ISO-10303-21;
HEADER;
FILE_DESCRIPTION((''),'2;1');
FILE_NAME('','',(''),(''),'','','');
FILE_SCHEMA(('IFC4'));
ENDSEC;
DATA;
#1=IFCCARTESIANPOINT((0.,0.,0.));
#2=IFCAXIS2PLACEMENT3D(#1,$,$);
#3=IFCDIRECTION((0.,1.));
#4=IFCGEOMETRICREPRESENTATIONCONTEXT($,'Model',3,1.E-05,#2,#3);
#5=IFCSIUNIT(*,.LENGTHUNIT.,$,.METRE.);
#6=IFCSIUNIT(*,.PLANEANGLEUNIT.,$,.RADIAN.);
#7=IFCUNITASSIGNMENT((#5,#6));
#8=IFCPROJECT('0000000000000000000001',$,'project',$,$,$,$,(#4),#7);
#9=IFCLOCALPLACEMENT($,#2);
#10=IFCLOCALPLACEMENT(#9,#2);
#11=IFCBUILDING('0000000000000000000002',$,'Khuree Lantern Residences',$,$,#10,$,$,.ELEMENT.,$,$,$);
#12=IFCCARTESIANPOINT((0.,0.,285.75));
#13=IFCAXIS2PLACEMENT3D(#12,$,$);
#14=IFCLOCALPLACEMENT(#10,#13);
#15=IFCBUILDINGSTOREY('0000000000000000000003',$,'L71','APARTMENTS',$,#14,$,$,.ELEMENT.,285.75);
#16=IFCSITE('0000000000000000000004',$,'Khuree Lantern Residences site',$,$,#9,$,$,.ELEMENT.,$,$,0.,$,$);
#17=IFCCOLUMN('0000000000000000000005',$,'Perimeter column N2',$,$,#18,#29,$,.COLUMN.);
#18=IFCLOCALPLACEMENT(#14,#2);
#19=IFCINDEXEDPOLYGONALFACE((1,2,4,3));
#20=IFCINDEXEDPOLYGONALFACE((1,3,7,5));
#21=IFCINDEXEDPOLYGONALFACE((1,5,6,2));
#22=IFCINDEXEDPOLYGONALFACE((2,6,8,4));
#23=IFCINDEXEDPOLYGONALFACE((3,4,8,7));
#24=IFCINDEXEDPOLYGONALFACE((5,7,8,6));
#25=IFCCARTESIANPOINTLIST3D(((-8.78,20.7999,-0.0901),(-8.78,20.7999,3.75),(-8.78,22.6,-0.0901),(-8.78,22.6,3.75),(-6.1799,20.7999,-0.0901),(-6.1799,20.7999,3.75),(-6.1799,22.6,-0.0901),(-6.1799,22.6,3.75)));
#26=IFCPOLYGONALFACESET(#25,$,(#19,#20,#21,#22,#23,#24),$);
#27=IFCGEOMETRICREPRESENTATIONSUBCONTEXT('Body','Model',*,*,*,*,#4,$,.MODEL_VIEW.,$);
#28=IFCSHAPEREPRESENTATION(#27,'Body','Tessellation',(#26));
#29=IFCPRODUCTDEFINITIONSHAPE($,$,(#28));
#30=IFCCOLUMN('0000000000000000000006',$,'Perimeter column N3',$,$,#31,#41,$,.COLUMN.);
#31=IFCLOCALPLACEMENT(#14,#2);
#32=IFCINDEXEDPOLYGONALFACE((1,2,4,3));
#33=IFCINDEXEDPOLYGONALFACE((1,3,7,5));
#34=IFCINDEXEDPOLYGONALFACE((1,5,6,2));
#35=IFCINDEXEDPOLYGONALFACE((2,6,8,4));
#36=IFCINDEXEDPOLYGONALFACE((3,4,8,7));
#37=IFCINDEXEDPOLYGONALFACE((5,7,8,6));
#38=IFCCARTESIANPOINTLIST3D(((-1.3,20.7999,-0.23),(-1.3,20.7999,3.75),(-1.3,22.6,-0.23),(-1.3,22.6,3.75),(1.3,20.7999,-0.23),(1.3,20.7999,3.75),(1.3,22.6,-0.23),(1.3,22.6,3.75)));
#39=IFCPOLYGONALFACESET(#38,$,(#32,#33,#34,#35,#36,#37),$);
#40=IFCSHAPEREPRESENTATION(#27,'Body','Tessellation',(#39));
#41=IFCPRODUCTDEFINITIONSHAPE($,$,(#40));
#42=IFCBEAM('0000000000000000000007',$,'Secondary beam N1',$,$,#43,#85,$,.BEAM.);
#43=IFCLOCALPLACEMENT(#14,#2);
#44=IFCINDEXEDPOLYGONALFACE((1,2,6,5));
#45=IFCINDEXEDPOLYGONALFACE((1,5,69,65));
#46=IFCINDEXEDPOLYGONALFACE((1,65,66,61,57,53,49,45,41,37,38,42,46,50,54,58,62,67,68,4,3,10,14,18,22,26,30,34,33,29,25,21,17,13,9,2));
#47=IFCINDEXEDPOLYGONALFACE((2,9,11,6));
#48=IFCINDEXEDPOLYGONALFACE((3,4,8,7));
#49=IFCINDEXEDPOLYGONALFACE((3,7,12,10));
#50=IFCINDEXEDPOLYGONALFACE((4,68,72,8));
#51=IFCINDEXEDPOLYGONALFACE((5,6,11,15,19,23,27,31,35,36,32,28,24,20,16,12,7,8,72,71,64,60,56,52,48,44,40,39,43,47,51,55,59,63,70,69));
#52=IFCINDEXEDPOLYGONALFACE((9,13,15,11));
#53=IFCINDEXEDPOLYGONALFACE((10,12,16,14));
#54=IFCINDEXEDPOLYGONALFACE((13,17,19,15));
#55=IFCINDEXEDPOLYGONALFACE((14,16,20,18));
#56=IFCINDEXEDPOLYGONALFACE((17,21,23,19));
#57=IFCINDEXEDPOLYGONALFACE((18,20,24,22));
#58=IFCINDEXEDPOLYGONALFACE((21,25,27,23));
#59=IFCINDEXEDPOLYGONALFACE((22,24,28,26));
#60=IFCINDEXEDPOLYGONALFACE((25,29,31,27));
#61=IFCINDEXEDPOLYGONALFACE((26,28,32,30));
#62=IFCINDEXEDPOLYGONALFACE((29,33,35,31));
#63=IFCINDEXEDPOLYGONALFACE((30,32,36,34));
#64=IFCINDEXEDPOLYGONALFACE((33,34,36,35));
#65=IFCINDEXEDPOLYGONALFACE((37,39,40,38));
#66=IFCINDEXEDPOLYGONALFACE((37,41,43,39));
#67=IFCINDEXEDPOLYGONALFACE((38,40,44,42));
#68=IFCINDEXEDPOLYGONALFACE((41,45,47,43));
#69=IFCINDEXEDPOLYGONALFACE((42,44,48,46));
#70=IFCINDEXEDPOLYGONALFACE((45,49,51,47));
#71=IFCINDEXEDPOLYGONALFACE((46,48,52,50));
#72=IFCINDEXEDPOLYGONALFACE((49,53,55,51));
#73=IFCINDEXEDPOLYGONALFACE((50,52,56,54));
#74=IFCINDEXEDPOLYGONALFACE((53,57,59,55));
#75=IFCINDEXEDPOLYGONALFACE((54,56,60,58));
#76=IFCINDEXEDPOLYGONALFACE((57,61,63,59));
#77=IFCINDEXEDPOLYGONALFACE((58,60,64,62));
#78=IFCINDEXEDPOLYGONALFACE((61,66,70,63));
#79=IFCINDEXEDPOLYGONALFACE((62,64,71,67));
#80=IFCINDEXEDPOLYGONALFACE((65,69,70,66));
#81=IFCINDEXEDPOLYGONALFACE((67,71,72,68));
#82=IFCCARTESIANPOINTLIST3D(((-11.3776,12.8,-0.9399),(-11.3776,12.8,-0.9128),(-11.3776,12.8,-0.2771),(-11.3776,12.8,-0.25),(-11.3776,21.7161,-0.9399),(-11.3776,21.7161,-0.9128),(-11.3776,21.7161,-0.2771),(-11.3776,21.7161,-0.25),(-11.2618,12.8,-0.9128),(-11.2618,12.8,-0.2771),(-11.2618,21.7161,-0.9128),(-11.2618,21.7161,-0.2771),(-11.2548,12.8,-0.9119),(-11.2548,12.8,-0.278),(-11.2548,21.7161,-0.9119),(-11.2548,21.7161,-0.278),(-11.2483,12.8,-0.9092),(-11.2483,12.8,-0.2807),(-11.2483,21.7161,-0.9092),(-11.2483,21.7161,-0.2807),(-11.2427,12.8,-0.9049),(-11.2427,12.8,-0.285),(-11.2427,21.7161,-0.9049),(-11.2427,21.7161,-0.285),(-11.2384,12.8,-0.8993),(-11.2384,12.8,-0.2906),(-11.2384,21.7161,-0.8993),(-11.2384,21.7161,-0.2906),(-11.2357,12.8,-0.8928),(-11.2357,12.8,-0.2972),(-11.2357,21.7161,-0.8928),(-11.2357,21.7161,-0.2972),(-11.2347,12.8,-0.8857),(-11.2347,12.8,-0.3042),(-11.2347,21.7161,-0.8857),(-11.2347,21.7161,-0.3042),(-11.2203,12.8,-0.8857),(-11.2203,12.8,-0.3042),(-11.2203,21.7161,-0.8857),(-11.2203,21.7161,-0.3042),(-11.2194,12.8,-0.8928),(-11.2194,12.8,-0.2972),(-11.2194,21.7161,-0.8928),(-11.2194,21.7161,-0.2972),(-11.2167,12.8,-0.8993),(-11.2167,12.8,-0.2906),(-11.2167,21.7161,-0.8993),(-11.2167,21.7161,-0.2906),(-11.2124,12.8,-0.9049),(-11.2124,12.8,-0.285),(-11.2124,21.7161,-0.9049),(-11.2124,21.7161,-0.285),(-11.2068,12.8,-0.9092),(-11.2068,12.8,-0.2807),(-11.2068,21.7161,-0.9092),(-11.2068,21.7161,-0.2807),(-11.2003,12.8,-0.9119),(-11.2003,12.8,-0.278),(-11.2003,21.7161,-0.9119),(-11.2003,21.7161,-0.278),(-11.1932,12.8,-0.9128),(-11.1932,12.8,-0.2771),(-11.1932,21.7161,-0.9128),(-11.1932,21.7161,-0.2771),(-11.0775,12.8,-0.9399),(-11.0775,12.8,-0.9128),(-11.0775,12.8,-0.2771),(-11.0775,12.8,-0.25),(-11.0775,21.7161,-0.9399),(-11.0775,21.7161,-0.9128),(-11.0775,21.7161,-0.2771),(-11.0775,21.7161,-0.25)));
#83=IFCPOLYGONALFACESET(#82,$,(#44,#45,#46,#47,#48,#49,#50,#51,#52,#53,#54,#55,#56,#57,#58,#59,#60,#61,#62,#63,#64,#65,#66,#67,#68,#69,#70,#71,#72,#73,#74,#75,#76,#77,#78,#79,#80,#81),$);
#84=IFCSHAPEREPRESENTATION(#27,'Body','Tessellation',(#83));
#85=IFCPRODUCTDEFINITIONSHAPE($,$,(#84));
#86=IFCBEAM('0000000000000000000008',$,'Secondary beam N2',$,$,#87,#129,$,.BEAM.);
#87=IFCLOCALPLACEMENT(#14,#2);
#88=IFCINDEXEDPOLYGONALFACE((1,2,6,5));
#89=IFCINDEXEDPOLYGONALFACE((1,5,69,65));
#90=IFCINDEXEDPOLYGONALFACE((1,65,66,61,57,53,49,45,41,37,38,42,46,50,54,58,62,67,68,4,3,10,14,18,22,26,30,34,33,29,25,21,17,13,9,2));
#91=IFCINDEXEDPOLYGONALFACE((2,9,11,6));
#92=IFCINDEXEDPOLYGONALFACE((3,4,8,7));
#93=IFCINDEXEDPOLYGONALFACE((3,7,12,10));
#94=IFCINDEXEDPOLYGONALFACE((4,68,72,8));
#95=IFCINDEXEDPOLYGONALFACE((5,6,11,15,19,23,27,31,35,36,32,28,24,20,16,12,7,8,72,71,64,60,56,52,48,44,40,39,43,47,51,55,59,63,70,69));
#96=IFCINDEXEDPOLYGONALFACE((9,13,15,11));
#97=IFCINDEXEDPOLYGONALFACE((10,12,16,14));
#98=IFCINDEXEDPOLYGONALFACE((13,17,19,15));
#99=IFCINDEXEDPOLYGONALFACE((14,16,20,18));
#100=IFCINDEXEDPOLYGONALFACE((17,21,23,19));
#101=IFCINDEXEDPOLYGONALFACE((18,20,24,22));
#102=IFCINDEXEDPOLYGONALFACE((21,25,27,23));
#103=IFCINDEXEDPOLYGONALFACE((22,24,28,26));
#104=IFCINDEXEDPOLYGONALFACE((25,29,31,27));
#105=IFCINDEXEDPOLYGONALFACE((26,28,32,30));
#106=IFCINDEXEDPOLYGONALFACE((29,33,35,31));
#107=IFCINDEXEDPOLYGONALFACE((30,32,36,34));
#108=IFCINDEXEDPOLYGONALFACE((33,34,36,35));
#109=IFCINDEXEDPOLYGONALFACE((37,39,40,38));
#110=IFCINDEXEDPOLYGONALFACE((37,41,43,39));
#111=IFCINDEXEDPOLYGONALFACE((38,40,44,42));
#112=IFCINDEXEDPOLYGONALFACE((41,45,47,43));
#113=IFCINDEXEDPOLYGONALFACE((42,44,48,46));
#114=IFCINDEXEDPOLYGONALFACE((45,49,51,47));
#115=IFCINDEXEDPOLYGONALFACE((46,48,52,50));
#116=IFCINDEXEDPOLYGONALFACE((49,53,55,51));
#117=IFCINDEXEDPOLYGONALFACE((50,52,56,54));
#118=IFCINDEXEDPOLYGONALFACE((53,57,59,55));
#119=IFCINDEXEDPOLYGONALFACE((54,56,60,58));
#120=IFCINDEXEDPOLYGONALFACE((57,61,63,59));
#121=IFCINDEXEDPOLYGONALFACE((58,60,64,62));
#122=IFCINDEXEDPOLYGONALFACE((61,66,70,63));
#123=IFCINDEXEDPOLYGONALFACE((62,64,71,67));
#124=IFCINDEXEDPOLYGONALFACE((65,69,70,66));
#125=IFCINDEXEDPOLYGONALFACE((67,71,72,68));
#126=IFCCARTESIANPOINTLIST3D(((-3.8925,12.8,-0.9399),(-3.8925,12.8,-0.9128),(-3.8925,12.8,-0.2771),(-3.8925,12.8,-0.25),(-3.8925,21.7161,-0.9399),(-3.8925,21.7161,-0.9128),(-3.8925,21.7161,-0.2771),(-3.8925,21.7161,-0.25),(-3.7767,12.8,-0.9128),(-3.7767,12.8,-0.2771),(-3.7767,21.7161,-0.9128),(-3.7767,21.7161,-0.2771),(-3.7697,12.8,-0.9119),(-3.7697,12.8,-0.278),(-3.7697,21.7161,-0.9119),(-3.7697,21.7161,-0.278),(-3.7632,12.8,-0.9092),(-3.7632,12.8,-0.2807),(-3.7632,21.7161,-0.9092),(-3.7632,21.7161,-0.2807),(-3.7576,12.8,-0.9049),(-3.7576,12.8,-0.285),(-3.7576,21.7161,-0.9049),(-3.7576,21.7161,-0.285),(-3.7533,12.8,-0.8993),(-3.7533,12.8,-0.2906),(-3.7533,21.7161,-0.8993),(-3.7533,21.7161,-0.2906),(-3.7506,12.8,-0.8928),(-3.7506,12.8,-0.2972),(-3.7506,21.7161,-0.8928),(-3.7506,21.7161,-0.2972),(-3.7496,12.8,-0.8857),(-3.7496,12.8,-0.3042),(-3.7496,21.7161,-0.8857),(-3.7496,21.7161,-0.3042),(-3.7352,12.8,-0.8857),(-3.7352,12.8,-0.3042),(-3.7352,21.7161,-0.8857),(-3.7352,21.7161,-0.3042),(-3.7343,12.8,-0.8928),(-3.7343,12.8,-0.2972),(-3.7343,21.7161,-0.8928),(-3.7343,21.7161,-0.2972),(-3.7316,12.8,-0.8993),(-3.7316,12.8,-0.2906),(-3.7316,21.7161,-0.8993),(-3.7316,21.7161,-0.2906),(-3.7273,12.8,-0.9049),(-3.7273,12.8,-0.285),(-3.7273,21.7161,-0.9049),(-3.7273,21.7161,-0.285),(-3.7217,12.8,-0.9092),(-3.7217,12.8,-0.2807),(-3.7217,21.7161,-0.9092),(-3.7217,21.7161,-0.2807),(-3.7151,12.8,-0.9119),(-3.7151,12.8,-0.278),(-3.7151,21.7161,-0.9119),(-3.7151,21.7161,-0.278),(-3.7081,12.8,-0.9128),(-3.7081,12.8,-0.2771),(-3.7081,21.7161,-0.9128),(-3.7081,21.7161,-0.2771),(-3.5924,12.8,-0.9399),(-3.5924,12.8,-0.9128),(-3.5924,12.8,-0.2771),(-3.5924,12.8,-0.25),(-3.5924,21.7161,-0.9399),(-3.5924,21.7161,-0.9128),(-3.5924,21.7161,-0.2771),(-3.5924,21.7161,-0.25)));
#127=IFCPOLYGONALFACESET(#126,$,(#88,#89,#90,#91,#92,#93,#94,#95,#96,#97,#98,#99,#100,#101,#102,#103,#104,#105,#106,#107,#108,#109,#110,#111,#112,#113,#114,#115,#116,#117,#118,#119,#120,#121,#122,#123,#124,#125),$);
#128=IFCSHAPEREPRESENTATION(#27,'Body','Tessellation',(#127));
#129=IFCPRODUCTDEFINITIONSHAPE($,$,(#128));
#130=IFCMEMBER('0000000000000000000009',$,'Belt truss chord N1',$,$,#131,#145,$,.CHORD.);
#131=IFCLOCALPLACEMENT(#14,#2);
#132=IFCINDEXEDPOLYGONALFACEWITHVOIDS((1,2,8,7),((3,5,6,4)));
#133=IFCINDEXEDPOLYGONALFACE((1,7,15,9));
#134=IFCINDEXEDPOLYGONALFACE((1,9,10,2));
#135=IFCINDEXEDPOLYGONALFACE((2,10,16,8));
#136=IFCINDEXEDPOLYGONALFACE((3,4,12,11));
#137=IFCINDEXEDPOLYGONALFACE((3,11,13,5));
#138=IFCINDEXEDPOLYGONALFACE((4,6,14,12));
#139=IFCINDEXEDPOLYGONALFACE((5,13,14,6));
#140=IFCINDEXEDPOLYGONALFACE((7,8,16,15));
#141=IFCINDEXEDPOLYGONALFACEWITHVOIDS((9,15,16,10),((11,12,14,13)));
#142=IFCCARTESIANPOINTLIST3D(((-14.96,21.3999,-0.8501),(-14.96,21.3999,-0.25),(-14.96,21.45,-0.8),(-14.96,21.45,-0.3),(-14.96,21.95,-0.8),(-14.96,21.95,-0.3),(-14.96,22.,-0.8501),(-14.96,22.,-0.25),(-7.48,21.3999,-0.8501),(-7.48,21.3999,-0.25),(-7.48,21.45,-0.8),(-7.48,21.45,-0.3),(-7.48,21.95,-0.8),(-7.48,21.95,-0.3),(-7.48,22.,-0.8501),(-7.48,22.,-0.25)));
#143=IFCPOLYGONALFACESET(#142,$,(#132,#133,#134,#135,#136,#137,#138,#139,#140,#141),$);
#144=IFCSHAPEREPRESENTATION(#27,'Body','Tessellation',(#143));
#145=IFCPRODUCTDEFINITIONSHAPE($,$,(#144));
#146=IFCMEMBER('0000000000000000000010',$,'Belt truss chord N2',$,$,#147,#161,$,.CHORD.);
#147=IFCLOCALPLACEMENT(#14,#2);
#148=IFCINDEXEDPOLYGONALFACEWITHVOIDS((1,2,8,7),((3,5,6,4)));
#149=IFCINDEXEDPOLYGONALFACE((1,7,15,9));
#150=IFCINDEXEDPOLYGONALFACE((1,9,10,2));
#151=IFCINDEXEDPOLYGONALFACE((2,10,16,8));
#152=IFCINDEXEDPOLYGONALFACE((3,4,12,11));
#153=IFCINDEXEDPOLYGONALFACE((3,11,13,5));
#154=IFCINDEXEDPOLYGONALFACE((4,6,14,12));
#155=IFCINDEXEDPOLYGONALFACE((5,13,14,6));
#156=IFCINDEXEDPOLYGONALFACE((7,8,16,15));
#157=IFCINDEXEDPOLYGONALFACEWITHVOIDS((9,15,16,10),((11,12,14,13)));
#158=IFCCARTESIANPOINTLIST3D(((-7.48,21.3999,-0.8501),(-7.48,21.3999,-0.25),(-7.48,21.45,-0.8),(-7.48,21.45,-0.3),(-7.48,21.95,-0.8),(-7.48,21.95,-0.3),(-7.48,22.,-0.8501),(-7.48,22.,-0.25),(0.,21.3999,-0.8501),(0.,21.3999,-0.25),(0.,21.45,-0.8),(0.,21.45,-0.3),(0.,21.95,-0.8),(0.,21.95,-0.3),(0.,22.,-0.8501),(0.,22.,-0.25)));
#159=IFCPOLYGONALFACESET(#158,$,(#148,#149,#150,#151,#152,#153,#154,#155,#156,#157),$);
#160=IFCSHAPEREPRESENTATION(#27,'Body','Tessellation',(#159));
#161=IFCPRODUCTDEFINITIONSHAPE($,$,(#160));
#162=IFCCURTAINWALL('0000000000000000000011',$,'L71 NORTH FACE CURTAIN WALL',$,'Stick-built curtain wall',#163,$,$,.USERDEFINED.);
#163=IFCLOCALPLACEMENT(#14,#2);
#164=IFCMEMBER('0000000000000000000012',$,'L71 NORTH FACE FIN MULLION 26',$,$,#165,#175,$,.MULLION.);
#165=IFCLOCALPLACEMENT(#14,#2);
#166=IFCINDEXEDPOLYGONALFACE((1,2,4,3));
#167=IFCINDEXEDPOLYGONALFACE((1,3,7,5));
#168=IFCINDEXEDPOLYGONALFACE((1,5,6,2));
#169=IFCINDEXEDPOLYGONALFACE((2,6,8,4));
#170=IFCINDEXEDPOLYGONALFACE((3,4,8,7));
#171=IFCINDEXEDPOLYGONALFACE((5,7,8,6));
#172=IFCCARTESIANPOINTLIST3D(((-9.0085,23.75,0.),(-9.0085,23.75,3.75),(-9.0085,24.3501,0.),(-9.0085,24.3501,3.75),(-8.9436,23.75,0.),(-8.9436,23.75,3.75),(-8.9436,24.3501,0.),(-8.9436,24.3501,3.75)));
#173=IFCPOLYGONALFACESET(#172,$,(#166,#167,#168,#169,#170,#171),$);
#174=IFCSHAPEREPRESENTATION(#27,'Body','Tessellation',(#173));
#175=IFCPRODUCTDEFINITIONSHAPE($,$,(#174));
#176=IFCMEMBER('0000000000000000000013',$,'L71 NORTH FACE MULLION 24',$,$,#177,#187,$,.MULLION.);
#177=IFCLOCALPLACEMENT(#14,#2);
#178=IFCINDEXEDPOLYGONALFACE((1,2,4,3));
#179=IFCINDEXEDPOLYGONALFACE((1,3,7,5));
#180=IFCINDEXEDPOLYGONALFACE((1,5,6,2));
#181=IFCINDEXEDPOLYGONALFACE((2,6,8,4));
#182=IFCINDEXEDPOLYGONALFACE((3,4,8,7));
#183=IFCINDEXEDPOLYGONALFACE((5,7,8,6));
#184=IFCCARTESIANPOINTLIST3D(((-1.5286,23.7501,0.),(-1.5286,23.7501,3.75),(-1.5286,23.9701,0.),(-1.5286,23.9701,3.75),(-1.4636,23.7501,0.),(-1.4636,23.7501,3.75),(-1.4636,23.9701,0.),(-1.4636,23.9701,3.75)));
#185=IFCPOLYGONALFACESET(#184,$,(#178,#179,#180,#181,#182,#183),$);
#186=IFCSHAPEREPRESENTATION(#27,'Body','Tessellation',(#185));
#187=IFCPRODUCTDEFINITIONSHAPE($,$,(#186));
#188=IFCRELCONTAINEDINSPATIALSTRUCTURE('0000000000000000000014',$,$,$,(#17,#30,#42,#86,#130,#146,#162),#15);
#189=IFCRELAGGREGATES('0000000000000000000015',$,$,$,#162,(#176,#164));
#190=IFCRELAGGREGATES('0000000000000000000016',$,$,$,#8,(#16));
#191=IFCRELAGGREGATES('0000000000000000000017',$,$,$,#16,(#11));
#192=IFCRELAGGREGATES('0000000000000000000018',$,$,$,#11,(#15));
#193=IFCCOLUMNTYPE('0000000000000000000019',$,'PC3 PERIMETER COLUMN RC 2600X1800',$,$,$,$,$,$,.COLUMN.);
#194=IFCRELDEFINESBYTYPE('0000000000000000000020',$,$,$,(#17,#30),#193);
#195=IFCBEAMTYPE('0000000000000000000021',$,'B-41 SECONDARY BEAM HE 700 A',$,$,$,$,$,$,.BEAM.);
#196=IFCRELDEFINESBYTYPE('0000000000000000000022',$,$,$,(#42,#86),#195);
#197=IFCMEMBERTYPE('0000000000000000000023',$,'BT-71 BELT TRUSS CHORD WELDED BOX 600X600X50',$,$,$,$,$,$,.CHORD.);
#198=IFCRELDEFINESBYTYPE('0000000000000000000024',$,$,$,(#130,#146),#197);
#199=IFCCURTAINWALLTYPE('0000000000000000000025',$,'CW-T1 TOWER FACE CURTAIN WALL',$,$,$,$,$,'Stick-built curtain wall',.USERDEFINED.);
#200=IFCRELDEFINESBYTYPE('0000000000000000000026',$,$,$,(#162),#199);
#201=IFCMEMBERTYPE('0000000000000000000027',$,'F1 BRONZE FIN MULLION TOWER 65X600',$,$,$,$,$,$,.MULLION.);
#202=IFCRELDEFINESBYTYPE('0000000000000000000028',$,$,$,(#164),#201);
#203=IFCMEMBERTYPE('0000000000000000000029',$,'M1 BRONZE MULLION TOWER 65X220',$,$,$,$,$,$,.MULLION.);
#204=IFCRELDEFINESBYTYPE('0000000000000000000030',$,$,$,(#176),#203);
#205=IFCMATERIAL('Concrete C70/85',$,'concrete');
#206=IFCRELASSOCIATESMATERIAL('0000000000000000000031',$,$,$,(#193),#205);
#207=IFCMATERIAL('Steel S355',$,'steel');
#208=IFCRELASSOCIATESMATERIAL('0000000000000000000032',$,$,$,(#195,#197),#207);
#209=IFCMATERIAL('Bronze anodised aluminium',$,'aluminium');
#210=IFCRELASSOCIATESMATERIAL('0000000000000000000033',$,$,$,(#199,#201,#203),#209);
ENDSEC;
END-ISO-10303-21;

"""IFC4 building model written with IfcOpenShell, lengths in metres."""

from ifc_helpers import new_model, si_unit, direction, frame, origin, origin_2d, place, context, subcontext, project, spatial, rectangle, hollow_rectangle, i_section, extrude, material, material_profile, profile_set, type_object, element, aggregate, save


model = new_model("IFC4")

# Units and contexts
model_context = context("Model", 3, precision=1e-05, world=origin(), true_north=direction((0.0, 1.0)))
body_context = subcontext(model_context, "Body", "Model", "MODEL_VIEW")
ifc_project = project(units=[si_unit("LENGTHUNIT", "METRE"), si_unit("PLANEANGLEUNIT", "RADIAN")], contexts=[model_context])

# Site, building, storey
site_placement = place(None, origin())
site = spatial("IfcSite", under=ifc_project, at=site_placement, Name="Khuree Lantern Residences site", CompositionType="ELEMENT", RefElevation=0.0)
building_placement = place(site_placement, origin())
building = spatial("IfcBuilding", under=site, at=building_placement, Name="Khuree Lantern Residences", CompositionType="ELEMENT")
storey_placement = place(building_placement, frame((0.0, 0.0, 285.75)))
storey = spatial("IfcBuildingStorey", under=building, at=storey_placement, Name="L71", Description="APARTMENTS", CompositionType="ELEMENT", Elevation=285.75)

# Columns
ifc_material_1 = material(Name="Concrete C70/85", Category="concrete")
ifc_material_profile_1 = material_profile(ifc_material_1, rectangle(XDim=2.6001, YDim=1.8, at=origin_2d()), Name="RC 2600X1800")
ifc_profile_set_1 = profile_set([ifc_material_profile_1], Name="Concrete C70/85")
column_type = type_object("IfcColumnType", Name="PC3 PERIMETER COLUMN RC 2600X1800", PredefinedType="COLUMN", material=ifc_profile_set_1)
column_1_placement = place(storey_placement, frame((-7.48, 21.7, -0.0901), z_axis=(0.0, 0.0, 1.0), x_axis=(1.0, 0.0, 0.0)))
element("IfcColumn", 1, at=column_1_placement, inside=storey, type_object=column_type, Name="Perimeter column N2", PredefinedType="COLUMN", context=body_context, shape_type="SweptSolid", body=[
    extrude(rectangle(XDim=2.6001, YDim=1.8, at=origin_2d()), origin(), (0.0, 0.0, 1.0), 3.8401),
])
column_2_placement = place(storey_placement, frame((0.0, 21.7, -0.23), z_axis=(0.0, 0.0, 1.0), x_axis=(1.0, 0.0, 0.0)))
element("IfcColumn", 2, at=column_2_placement, inside=storey, type_object=column_type, Name="Perimeter column N3", PredefinedType="COLUMN", context=body_context, shape_type="SweptSolid", body=[
    extrude(rectangle(XDim=2.6001, YDim=1.8, at=origin_2d()), origin(), (0.0, 0.0, 1.0), 3.98),
])

# Beams
ifc_material_2 = material(Name="Steel S355", Category="steel")
ifc_material_profile_2 = material_profile(ifc_material_2, i_section(OverallWidth=0.3, OverallDepth=0.6899, WebThickness=0.0144, FlangeThickness=0.0271, FilletRadius=0.0271, at=origin_2d()), Name="HE 700 A")
ifc_profile_set_2 = profile_set([ifc_material_profile_2], Name="Steel S355")
beam_type_1 = type_object("IfcBeamType", Name="B-41 SECONDARY BEAM HE 700 A", PredefinedType="BEAM", material=ifc_profile_set_2)
for number, where, z_axis, x_axis, name in (
    (3, (-11.2275, 21.7161, -0.595), (0.0, -1.0, 0.0), (1.0, 0.0, 0.0), "Secondary beam N1"),
    (4, (-3.7424, 21.7161, -0.595), (0.0, -1.0, 0.0), (1.0, 0.0, 0.0), "Secondary beam N2"),
):
    element("IfcBeam", number, at=place(storey_placement, frame(where, z_axis=z_axis, x_axis=x_axis)), inside=storey, type_object=beam_type_1, Name=name, PredefinedType="BEAM", context=body_context, shape_type="SweptSolid", body=[
        extrude(i_section(OverallWidth=0.3, OverallDepth=0.6899, WebThickness=0.0144, FlangeThickness=0.0271, FilletRadius=0.0271, at=origin_2d()), origin(), (0.0, 0.0, 1.0), 8.916),
    ])

# Members
ifc_material_profile_3 = material_profile(ifc_material_2, hollow_rectangle(XDim=0.6001, YDim=0.6001, WallThickness=0.05, at=origin_2d()), Name="WELDED BOX 600X600X50")
ifc_profile_set_3 = profile_set([ifc_material_profile_3], Name="Steel S355")
member_type_1 = type_object("IfcMemberType", Name="BT-71 BELT TRUSS CHORD WELDED BOX 600X600X50", PredefinedType="CHORD", material=ifc_profile_set_3)
for number, where, z_axis, x_axis, name in (
    (5, (-14.96, 21.7, -0.55), (1.0, 0.0, 0.0), (0.0, 1.0, 0.0), "Belt truss chord N1"),
    (6, (-7.48, 21.7, -0.55), (1.0, 0.0, 0.0), (0.0, 1.0, 0.0), "Belt truss chord N2"),
):
    element("IfcMember", number, at=place(storey_placement, frame(where, z_axis=z_axis, x_axis=x_axis)), inside=storey, type_object=member_type_1, Name=name, PredefinedType="CHORD", context=body_context, shape_type="SweptSolid", body=[
        extrude(hollow_rectangle(XDim=0.6001, YDim=0.6001, WallThickness=0.05, at=origin_2d()), origin(), (0.0, 0.0, 1.0), 7.48),
    ])

# Curtain wall, members
ifc_material_3 = material(Name="Bronze anodised aluminium", Category="aluminium")
curtain_wall_type = type_object("IfcCurtainWallType", Name="CW-T1 TOWER FACE CURTAIN WALL", ElementType="Stick-built curtain wall", PredefinedType="USERDEFINED", material=ifc_material_3)
curtain_wall_placement = place(storey_placement, origin())
curtain_wall = element("IfcCurtainWall", 7, at=curtain_wall_placement, inside=storey, type_object=curtain_wall_type, Name="L71 NORTH FACE CURTAIN WALL", ObjectType="Stick-built curtain wall", PredefinedType="USERDEFINED")
ifc_material_profile_4 = material_profile(ifc_material_3, rectangle(XDim=0.0649, YDim=0.6001, at=origin_2d()), Name="F1 65X600")
ifc_profile_set_4 = profile_set([ifc_material_profile_4], Name="Bronze anodised aluminium")
member_type_2 = type_object("IfcMemberType", Name="F1 BRONZE FIN MULLION TOWER 65X600", PredefinedType="MULLION", material=ifc_profile_set_4)
member_1_placement = place(storey_placement, frame((-8.9761, 24.05, 0.0), z_axis=(0.0, 0.0, 1.0), x_axis=(-1.0, 0.0, 0.0)))
member_1 = element("IfcMember", 8, at=member_1_placement, type_object=member_type_2, Name="L71 NORTH FACE FIN MULLION 26", PredefinedType="MULLION", context=body_context, shape_type="SweptSolid", body=[
    extrude(rectangle(XDim=0.0649, YDim=0.6001, at=origin_2d()), origin(), (0.0, 0.0, 1.0), 3.75),
])
ifc_material_profile_5 = material_profile(ifc_material_3, rectangle(XDim=0.0649, YDim=0.22, at=origin_2d()), Name="M1 65X220")
ifc_profile_set_5 = profile_set([ifc_material_profile_5], Name="Bronze anodised aluminium")
member_type_3 = type_object("IfcMemberType", Name="M1 BRONZE MULLION TOWER 65X220", PredefinedType="MULLION", material=ifc_profile_set_5)
member_2_placement = place(storey_placement, frame((-1.4961, 23.8601, 0.0), z_axis=(0.0, 0.0, 1.0), x_axis=(-1.0, 0.0, 0.0)))
member_2 = element("IfcMember", 9, at=member_2_placement, type_object=member_type_3, Name="L71 NORTH FACE MULLION 24", PredefinedType="MULLION", context=body_context, shape_type="SweptSolid", body=[
    extrude(rectangle(XDim=0.0649, YDim=0.22, at=origin_2d()), origin(), (0.0, 0.0, 1.0), 3.75),
])

aggregate(curtain_wall, [member_2, member_1])

save(model, "model.ifc")
